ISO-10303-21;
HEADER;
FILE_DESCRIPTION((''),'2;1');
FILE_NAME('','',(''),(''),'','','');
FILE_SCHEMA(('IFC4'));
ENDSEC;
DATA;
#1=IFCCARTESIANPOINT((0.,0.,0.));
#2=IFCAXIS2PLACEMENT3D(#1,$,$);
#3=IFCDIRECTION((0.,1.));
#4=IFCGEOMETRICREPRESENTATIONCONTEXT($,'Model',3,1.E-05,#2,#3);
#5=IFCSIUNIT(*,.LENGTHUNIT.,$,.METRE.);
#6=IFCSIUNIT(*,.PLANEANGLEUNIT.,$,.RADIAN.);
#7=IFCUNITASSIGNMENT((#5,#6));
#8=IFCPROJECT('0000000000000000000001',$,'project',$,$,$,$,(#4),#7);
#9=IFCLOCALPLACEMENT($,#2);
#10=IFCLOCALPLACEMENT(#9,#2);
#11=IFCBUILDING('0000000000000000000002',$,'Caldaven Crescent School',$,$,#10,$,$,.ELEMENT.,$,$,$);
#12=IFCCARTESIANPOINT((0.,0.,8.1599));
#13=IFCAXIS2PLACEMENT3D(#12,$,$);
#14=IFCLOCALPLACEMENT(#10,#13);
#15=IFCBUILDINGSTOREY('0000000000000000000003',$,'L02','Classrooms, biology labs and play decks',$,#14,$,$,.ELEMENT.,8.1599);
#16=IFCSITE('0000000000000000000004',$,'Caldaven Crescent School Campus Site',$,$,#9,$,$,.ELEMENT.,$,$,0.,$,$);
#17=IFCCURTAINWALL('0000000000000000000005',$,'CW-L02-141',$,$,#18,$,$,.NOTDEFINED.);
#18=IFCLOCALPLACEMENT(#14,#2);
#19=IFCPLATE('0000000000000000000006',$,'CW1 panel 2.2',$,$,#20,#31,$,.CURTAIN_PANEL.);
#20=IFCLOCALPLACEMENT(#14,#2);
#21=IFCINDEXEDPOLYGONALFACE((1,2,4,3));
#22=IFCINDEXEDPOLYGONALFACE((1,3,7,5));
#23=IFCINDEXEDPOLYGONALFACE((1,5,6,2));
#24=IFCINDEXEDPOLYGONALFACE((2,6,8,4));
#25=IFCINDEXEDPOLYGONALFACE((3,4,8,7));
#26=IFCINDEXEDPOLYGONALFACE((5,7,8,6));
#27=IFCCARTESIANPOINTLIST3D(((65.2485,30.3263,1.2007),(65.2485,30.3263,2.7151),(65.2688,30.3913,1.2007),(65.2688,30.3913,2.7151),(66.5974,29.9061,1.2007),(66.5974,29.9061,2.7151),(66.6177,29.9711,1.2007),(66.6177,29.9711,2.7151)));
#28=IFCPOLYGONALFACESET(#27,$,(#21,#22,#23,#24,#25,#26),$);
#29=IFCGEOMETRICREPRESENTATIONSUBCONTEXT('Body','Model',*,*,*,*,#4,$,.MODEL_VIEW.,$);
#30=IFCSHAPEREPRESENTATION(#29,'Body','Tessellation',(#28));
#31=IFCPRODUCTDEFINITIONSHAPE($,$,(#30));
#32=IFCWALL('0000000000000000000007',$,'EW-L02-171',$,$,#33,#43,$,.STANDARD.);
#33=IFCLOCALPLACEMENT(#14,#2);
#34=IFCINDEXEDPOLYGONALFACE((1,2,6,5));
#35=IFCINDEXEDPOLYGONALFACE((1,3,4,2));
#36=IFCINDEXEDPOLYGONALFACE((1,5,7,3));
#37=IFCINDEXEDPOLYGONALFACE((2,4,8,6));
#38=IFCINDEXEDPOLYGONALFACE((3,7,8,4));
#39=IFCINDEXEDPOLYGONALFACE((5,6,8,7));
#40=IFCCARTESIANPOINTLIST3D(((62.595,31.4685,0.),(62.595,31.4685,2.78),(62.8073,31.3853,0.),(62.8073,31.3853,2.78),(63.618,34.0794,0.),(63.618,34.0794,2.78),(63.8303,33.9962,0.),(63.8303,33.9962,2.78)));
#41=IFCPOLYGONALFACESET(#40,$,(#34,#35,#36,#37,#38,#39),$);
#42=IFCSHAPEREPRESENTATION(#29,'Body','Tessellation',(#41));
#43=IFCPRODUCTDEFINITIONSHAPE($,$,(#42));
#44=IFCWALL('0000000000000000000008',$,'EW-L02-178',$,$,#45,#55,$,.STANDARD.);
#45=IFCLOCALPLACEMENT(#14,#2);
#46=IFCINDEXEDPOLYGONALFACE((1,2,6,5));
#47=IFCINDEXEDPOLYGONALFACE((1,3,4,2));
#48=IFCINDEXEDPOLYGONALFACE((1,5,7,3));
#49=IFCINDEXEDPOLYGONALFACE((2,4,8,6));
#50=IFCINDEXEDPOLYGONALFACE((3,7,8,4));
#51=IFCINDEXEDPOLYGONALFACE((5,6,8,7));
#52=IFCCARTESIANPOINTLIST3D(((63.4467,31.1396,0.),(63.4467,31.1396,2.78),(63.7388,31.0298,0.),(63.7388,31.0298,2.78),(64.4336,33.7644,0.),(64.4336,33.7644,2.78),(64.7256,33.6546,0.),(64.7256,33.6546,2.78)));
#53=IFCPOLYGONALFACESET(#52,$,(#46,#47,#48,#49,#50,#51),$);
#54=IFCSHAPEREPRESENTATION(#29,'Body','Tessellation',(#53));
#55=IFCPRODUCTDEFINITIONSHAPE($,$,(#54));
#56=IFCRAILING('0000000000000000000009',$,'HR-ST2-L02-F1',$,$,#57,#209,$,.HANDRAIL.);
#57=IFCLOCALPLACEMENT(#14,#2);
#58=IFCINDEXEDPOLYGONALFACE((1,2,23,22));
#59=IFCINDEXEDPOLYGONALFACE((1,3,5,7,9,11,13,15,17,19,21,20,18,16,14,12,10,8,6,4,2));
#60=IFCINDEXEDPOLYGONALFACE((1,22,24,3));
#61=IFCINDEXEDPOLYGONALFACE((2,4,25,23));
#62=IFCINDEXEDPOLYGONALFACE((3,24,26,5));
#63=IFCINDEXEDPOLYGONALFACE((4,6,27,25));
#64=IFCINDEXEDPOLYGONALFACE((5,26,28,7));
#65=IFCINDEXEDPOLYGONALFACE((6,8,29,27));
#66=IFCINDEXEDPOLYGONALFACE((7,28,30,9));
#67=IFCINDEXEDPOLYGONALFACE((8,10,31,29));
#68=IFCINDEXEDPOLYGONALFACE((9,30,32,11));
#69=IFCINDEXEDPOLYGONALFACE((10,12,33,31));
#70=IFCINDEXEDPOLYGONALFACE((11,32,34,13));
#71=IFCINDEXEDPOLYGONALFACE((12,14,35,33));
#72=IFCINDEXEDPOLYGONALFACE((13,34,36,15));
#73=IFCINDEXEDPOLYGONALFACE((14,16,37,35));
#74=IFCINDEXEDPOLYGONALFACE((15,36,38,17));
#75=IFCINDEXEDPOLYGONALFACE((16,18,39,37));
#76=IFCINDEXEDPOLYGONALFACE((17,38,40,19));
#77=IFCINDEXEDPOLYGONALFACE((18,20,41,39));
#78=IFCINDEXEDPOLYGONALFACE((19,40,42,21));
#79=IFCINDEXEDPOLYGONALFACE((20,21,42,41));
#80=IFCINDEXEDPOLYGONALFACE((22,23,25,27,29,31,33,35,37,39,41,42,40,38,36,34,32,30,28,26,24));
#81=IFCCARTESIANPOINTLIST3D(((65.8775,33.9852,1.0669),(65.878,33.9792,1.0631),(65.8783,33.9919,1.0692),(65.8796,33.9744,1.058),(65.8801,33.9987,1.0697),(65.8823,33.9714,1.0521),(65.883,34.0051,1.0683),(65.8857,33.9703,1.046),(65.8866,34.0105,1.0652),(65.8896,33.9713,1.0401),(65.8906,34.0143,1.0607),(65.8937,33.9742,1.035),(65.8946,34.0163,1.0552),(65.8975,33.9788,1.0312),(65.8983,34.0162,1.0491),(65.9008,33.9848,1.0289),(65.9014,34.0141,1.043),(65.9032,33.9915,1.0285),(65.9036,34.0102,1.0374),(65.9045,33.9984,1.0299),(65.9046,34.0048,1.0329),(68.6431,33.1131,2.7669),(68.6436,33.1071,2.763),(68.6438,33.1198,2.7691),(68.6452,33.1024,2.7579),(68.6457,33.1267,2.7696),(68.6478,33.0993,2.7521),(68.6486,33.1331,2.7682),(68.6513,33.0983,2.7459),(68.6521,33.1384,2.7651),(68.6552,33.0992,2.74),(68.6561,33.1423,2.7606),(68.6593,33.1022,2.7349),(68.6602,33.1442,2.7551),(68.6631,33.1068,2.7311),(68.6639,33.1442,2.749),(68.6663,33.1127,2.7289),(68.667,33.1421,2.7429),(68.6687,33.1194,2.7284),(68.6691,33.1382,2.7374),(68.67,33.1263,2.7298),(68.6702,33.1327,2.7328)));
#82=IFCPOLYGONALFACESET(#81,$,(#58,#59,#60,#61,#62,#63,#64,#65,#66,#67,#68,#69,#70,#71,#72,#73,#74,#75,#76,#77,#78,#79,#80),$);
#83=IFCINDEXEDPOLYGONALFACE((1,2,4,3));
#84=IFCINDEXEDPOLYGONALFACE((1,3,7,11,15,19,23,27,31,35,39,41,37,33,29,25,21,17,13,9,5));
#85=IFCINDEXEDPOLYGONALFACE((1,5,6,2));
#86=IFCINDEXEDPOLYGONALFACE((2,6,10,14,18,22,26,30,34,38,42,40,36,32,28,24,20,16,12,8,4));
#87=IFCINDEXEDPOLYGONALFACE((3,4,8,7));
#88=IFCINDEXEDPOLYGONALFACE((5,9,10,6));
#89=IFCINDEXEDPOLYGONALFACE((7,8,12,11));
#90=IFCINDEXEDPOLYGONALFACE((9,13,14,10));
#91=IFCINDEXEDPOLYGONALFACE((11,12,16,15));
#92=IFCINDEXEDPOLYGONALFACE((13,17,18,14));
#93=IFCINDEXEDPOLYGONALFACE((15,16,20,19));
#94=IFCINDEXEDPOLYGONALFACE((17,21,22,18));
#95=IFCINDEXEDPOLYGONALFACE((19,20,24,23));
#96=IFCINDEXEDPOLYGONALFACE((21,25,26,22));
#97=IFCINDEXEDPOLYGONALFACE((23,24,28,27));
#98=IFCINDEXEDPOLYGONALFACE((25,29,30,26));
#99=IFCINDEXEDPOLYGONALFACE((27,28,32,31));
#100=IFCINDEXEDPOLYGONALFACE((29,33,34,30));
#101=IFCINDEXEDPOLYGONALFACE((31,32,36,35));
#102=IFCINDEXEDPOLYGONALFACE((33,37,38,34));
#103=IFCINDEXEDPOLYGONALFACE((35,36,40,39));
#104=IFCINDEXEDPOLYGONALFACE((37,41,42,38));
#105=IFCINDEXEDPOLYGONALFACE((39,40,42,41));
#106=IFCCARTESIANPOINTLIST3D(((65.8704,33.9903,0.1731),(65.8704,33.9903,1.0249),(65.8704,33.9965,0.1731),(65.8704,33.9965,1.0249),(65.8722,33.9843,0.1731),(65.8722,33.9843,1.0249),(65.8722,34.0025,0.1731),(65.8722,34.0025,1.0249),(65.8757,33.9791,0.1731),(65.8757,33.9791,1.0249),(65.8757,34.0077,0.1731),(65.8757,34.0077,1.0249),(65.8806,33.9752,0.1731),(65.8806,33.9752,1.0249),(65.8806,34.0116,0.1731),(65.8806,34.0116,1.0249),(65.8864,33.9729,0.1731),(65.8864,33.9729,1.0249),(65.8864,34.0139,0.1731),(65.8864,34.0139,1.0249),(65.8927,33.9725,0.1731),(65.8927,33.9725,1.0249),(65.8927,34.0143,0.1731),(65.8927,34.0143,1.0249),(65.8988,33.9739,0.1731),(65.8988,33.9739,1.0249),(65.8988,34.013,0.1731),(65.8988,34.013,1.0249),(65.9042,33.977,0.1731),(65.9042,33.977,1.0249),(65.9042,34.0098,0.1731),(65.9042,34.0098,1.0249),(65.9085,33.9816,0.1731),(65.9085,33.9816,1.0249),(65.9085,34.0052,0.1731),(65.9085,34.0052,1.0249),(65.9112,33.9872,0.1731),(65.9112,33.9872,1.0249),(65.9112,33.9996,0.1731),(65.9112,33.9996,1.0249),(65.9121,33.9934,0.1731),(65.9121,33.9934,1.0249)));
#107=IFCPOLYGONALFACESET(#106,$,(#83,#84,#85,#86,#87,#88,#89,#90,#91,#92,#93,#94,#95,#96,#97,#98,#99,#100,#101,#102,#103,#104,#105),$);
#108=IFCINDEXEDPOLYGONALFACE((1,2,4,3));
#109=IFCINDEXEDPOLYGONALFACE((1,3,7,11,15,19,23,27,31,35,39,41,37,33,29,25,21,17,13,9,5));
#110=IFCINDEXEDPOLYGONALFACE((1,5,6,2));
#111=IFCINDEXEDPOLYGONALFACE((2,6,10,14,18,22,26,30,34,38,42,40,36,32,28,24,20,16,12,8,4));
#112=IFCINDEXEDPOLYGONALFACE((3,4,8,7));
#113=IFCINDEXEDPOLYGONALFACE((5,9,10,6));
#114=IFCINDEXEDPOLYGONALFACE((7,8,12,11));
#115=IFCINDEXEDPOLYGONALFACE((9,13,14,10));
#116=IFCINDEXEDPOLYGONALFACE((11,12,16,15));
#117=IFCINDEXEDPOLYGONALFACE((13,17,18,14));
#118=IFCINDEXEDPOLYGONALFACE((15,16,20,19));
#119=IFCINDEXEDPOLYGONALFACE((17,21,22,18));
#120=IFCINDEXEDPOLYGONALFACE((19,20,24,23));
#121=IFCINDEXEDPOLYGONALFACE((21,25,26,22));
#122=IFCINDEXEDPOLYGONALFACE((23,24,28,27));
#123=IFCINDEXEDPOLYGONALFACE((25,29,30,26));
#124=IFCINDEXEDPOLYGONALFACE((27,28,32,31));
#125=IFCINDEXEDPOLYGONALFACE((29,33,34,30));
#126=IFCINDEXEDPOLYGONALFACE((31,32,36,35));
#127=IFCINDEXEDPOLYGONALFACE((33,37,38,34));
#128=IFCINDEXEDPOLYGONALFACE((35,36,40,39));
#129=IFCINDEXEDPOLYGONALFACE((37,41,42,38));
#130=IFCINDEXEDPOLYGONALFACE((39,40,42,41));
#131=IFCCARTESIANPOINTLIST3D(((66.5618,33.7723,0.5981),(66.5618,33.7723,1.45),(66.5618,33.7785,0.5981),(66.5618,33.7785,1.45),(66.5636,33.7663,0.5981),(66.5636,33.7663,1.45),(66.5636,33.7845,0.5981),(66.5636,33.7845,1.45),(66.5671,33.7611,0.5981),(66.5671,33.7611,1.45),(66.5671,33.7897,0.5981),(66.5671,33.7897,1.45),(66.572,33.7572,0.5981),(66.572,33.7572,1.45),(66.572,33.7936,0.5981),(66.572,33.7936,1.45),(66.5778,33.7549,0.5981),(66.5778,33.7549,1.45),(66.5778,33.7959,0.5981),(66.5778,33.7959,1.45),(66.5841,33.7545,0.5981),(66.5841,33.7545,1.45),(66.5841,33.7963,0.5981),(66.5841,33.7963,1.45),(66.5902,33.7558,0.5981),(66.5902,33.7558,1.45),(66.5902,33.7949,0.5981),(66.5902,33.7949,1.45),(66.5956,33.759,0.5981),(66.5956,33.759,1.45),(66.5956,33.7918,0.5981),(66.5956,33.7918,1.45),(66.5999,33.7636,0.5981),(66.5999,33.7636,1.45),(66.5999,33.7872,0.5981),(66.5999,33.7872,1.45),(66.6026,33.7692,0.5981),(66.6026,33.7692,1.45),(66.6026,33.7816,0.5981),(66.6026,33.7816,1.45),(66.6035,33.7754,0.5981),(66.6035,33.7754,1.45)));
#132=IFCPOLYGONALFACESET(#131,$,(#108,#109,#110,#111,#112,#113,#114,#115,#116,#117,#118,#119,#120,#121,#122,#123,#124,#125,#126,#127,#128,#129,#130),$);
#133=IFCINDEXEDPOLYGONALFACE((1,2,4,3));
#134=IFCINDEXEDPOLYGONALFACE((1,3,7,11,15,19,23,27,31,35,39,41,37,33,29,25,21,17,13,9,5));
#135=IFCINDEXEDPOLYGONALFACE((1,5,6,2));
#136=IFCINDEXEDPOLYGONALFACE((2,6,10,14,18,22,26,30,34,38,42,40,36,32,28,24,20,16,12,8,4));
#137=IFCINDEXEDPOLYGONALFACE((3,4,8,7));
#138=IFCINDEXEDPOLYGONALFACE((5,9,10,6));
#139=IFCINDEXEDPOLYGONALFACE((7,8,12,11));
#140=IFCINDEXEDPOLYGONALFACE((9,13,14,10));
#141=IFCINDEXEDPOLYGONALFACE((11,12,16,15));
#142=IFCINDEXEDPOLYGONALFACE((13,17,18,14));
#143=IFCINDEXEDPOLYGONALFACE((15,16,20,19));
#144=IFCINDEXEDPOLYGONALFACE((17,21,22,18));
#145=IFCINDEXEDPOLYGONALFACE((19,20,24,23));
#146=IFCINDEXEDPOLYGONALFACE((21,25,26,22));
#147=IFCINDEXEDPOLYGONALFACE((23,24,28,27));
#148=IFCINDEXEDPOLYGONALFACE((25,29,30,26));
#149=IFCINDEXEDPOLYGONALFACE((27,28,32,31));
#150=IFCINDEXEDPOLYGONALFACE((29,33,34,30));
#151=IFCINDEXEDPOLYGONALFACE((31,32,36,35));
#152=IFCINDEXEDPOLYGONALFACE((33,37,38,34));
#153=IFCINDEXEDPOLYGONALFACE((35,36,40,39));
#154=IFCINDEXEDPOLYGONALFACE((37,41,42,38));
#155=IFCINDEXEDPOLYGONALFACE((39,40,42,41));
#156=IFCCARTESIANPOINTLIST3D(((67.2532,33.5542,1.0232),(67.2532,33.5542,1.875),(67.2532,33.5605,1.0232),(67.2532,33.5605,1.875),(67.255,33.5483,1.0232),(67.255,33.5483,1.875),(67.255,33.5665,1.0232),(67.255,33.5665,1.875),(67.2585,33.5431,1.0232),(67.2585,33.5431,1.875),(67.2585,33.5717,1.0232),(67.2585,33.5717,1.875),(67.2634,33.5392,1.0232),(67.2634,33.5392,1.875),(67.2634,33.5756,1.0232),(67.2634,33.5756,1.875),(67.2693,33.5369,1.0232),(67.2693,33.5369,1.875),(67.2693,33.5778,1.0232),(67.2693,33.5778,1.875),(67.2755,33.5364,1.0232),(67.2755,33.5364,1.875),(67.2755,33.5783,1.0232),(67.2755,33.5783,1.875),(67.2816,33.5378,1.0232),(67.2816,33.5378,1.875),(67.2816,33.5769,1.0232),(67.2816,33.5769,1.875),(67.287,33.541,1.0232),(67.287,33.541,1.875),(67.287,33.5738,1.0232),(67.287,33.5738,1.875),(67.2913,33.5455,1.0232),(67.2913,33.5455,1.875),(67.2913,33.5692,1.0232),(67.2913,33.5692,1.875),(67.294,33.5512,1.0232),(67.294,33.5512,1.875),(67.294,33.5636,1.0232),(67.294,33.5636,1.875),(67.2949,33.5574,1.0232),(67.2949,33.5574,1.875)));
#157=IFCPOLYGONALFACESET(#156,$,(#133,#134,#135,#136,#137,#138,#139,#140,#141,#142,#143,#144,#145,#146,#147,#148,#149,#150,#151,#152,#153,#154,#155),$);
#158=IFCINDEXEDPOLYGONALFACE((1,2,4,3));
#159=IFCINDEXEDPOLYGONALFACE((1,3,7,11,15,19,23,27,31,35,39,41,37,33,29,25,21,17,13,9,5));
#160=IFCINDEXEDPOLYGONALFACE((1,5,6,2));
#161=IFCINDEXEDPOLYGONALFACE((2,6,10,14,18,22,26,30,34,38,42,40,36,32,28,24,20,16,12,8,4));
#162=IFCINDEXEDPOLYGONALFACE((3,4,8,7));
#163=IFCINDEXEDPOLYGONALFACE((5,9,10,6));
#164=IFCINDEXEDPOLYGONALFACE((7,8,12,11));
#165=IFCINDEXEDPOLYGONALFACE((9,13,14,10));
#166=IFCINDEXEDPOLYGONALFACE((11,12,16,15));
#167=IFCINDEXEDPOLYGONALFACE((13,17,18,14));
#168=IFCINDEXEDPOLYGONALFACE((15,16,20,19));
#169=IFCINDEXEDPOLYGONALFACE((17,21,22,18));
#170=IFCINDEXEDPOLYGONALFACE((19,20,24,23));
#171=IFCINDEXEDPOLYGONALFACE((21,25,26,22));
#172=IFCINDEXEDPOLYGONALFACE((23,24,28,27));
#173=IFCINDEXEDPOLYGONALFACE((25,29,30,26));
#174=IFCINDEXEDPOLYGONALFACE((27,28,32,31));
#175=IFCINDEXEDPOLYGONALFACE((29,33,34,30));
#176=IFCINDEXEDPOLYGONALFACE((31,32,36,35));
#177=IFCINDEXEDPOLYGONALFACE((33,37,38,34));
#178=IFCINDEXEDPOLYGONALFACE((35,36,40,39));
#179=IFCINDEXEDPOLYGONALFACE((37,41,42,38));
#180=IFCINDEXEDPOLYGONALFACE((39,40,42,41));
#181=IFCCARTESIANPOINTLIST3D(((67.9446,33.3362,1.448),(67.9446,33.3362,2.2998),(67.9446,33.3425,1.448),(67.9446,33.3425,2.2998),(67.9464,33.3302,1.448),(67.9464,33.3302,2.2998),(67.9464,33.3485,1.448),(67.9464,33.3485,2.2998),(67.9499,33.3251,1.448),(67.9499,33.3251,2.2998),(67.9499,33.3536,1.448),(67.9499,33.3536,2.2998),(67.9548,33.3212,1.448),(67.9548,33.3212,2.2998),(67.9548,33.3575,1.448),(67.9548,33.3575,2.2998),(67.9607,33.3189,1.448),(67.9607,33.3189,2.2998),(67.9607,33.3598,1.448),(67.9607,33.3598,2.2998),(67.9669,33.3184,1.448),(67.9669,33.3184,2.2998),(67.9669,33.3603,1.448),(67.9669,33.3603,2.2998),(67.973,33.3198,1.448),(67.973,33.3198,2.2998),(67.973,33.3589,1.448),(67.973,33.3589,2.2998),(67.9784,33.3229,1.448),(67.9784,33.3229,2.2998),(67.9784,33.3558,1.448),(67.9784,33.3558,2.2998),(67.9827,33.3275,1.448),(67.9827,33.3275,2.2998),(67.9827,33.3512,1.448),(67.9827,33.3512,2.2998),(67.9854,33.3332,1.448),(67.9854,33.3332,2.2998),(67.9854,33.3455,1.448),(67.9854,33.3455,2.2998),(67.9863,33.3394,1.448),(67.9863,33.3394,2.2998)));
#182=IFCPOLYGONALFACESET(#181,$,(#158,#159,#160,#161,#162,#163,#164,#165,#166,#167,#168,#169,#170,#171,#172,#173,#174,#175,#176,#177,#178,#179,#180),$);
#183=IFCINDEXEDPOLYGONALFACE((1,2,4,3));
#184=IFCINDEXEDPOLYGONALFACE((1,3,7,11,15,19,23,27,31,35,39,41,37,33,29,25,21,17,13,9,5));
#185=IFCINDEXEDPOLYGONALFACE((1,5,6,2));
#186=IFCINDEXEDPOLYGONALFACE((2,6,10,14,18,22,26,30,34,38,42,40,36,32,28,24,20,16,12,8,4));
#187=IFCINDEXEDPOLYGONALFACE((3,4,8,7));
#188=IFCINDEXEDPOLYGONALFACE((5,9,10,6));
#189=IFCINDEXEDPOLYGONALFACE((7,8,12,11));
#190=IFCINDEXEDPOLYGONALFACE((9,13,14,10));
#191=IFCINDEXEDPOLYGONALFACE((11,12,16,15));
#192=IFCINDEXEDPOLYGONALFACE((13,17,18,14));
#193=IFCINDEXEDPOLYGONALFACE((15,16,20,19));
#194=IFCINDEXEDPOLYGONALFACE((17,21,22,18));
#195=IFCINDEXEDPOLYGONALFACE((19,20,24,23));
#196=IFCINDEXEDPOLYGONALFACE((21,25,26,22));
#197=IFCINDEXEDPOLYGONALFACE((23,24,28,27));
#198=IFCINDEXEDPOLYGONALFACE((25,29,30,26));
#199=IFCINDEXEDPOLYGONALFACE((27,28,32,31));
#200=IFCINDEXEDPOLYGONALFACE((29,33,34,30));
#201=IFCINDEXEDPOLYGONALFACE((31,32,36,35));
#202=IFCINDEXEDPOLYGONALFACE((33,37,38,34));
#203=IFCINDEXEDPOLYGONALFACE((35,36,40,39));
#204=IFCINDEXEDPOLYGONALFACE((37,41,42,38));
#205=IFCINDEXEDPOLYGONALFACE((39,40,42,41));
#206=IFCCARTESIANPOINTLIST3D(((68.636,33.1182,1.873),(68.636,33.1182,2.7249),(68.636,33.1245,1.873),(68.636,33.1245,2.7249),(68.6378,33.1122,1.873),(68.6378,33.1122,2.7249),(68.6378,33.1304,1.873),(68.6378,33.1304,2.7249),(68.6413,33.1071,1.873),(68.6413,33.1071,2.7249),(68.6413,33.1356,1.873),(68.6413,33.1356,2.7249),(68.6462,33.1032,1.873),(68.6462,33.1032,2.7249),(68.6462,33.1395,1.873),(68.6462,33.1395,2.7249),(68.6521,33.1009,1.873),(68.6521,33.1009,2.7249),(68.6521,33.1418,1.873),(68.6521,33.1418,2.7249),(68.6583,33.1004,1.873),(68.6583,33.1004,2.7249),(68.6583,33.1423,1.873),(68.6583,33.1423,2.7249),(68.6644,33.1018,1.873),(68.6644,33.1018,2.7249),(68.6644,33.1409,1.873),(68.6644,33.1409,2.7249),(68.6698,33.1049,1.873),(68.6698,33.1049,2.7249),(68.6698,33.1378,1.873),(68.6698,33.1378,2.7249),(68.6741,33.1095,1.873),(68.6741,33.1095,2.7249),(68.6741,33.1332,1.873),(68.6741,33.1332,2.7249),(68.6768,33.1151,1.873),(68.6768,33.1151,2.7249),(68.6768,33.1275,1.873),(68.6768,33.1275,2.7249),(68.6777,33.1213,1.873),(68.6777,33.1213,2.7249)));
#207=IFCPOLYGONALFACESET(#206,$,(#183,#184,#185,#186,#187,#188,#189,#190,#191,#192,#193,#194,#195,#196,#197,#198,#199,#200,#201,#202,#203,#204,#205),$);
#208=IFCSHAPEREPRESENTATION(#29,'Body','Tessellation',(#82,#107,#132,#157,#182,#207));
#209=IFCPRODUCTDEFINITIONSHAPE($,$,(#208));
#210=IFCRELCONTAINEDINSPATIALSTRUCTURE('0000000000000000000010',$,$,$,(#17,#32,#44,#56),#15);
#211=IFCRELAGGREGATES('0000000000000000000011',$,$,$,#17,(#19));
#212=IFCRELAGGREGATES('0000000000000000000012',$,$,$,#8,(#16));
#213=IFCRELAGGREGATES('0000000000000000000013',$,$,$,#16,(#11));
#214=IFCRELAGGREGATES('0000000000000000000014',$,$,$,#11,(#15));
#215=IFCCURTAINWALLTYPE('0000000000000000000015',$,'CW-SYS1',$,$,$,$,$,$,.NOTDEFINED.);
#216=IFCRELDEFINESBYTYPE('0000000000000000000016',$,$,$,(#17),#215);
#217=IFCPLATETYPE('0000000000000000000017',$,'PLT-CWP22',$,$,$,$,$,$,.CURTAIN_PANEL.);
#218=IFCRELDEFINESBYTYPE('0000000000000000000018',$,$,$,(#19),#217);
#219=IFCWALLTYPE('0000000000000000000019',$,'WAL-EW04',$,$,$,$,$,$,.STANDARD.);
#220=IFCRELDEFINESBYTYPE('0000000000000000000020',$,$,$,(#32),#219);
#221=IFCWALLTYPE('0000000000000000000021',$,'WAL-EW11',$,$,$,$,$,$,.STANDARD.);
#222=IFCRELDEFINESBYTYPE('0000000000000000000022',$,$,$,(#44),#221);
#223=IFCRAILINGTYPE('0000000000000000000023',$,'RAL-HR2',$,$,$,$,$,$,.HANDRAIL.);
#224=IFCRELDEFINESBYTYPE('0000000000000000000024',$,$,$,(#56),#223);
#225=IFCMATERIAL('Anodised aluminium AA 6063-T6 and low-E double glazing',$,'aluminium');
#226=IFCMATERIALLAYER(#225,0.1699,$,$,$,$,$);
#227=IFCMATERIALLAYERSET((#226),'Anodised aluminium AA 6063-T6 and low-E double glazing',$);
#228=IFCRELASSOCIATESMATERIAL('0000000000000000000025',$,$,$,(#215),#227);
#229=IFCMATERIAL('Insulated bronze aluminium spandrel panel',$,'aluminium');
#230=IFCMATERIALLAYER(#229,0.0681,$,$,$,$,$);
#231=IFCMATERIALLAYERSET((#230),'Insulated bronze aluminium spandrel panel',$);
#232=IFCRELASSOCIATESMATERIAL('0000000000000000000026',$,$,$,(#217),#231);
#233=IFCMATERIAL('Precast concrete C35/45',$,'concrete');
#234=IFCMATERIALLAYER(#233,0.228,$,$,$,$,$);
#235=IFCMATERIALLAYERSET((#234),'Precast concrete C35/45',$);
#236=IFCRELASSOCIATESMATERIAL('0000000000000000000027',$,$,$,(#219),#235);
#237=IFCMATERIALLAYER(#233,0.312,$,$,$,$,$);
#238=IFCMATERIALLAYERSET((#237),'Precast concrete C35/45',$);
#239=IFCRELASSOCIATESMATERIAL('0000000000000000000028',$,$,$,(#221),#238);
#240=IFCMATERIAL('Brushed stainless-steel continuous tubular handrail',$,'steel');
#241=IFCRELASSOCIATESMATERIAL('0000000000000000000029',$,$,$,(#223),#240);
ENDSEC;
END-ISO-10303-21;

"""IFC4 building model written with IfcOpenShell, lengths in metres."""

from ifc_helpers import new_model, si_unit, direction, frame, frame_2d, origin, origin_2d, place, context, subcontext, project, spatial, rectangle, circle, extrude, material, layer, layer_set, type_object, element, aggregate, save


model = new_model("IFC4")

# Units and contexts
model_context = context("Model", 3, precision=1e-05, world=origin(), true_north=direction((0.0, 1.0)))
body_context = subcontext(model_context, "Body", "Model", "MODEL_VIEW")
ifc_project = project(units=[si_unit("LENGTHUNIT", "METRE"), si_unit("PLANEANGLEUNIT", "RADIAN")], contexts=[model_context])

# Site, building, storey
site_placement = place(None, origin())
site = spatial("IfcSite", under=ifc_project, at=site_placement, Name="Caldaven Crescent School Campus Site", CompositionType="ELEMENT", RefElevation=0.0)
building_placement = place(site_placement, origin())
building = spatial("IfcBuilding", under=site, at=building_placement, Name="Caldaven Crescent School", CompositionType="ELEMENT")
storey_placement = place(building_placement, frame((0.0, 0.0, 8.1599)))
storey = spatial("IfcBuildingStorey", under=building, at=storey_placement, Name="L02", Description="Classrooms, biology labs and play decks", CompositionType="ELEMENT", Elevation=8.1599)

# Curtain wall
ifc_material_1 = material(Name="Anodised aluminium AA 6063-T6 and low-E double glazing", Category="aluminium")
ifc_layer_1 = layer(ifc_material_1, 0.1699)
ifc_layer_set_1 = layer_set([ifc_layer_1], Name="Anodised aluminium AA 6063-T6 and low-E double glazing")
curtain_wall_type = type_object("IfcCurtainWallType", Name="CW-SYS1", PredefinedType="NOTDEFINED", material=ifc_layer_set_1)
curtain_wall_placement = place(storey_placement, origin())
curtain_wall = element("IfcCurtainWall", 1, at=curtain_wall_placement, inside=storey, type_object=curtain_wall_type, Name="CW-L02-141", PredefinedType="NOTDEFINED")

# Plate
ifc_material_2 = material(Name="Insulated bronze aluminium spandrel panel", Category="aluminium")
ifc_layer_2 = layer(ifc_material_2, 0.0681)
ifc_layer_set_2 = layer_set([ifc_layer_2], Name="Insulated bronze aluminium spandrel panel")
plate_type = type_object("IfcPlateType", Name="PLT-CWP22", PredefinedType="CURTAIN_PANEL", material=ifc_layer_set_2)
plate_1_placement = place(storey_placement, frame((65.9331, 30.1487, 1.2007), z_axis=(0.0, 0.0, 1.0), x_axis=(0.954747, -0.29742, 0.0)))
plate_1 = element("IfcPlate", 2, at=plate_1_placement, type_object=plate_type, Name="CW1 panel 2.2", PredefinedType="CURTAIN_PANEL", context=body_context, shape_type="SweptSolid", body=[
    extrude(rectangle(XDim=1.4128, YDim=0.0681, at=origin_2d()), origin(), (0.0, 0.0, 1.0), 1.5144),
])
aggregate(curtain_wall, [plate_1])

# Walls
ifc_material_3 = material(Name="Precast concrete C35/45", Category="concrete")
ifc_layer_3 = layer(ifc_material_3, 0.228)
ifc_layer_set_3 = layer_set([ifc_layer_3], Name="Precast concrete C35/45")
wall_type_1 = type_object("IfcWallType", Name="WAL-EW04", PredefinedType="STANDARD", material=ifc_layer_set_3)
wall_1_placement = place(storey_placement, frame((63.7241, 34.0378, 0.0), z_axis=(0.0, 0.0, 1.0), x_axis=(-0.364806, -0.931083, 0.0)))
element("IfcWall", 3, at=wall_1_placement, inside=storey, type_object=wall_type_1, Name="EW-L02-171", PredefinedType="STANDARD", context=body_context, shape_type="SweptSolid", body=[
    extrude(rectangle(XDim=2.8042, YDim=0.228, at=frame_2d((1.4021, 0.0))), origin(), (0.0, 0.0, 1.0), 2.78),
])
ifc_layer_4 = layer(ifc_material_3, 0.312)
ifc_layer_set_4 = layer_set([ifc_layer_4], Name="Precast concrete C35/45")
wall_type_2 = type_object("IfcWallType", Name="WAL-EW11", PredefinedType="STANDARD", material=ifc_layer_set_4)
wall_2_placement = place(storey_placement, frame((64.5796, 33.7095, 0.0), z_axis=(0.0, 0.0, 1.0), x_axis=(-0.351915, -0.936032, 0.0)))
element("IfcWall", 4, at=wall_2_placement, inside=storey, type_object=wall_type_2, Name="EW-L02-178", PredefinedType="STANDARD", context=body_context, shape_type="SweptSolid", body=[
    extrude(rectangle(XDim=2.8042, YDim=0.312, at=frame_2d((1.4021, 0.0))), origin(), (0.0, 0.0, 1.0), 2.78),
])

# Railing
ifc_material_4 = material(Name="Brushed stainless-steel continuous tubular handrail", Category="steel")
railing_type_1 = type_object("IfcRailingType", Name="RAL-HR2", PredefinedType="HANDRAIL", material=ifc_material_4)
railing_1_placement = place(storey_placement, frame((65.8911, 33.9934, 0.1731)))
element("IfcRailing", 5, at=railing_1_placement, inside=storey, type_object=railing_type_1, Name="HR-ST2-L02-F1", PredefinedType="HANDRAIL", context=body_context, shape_type="SweptSolid", body=[
    extrude(circle(Radius=0.0239, at=origin_2d()), frame((0.0, 0.0, 0.876), z_axis=(0.822759, -0.259436, 0.505727), x_axis=(0.300728, 0.95371, 0.0)), (0.0, 0.0, 1.0), 3.3613),
    extrude(circle(Radius=0.021, at=origin_2d()), origin(), (0.0, 0.0, 1.0), 0.8518),
    extrude(circle(Radius=0.021, at=origin_2d()), frame((0.6914, -0.218, 0.425)), (0.0, 0.0, 1.0), 0.8518),
    extrude(circle(Radius=0.021, at=origin_2d()), frame((1.3828, -0.436, 0.8501)), (0.0, 0.0, 1.0), 0.8518),
    extrude(circle(Radius=0.021, at=origin_2d()), frame((2.0742, -0.6541, 1.2749)), (0.0, 0.0, 1.0), 0.8518),
    extrude(circle(Radius=0.021, at=origin_2d()), frame((2.7656, -0.8721, 1.7)), (0.0, 0.0, 1.0), 0.8518),
])

save(model, "model.ifc")
